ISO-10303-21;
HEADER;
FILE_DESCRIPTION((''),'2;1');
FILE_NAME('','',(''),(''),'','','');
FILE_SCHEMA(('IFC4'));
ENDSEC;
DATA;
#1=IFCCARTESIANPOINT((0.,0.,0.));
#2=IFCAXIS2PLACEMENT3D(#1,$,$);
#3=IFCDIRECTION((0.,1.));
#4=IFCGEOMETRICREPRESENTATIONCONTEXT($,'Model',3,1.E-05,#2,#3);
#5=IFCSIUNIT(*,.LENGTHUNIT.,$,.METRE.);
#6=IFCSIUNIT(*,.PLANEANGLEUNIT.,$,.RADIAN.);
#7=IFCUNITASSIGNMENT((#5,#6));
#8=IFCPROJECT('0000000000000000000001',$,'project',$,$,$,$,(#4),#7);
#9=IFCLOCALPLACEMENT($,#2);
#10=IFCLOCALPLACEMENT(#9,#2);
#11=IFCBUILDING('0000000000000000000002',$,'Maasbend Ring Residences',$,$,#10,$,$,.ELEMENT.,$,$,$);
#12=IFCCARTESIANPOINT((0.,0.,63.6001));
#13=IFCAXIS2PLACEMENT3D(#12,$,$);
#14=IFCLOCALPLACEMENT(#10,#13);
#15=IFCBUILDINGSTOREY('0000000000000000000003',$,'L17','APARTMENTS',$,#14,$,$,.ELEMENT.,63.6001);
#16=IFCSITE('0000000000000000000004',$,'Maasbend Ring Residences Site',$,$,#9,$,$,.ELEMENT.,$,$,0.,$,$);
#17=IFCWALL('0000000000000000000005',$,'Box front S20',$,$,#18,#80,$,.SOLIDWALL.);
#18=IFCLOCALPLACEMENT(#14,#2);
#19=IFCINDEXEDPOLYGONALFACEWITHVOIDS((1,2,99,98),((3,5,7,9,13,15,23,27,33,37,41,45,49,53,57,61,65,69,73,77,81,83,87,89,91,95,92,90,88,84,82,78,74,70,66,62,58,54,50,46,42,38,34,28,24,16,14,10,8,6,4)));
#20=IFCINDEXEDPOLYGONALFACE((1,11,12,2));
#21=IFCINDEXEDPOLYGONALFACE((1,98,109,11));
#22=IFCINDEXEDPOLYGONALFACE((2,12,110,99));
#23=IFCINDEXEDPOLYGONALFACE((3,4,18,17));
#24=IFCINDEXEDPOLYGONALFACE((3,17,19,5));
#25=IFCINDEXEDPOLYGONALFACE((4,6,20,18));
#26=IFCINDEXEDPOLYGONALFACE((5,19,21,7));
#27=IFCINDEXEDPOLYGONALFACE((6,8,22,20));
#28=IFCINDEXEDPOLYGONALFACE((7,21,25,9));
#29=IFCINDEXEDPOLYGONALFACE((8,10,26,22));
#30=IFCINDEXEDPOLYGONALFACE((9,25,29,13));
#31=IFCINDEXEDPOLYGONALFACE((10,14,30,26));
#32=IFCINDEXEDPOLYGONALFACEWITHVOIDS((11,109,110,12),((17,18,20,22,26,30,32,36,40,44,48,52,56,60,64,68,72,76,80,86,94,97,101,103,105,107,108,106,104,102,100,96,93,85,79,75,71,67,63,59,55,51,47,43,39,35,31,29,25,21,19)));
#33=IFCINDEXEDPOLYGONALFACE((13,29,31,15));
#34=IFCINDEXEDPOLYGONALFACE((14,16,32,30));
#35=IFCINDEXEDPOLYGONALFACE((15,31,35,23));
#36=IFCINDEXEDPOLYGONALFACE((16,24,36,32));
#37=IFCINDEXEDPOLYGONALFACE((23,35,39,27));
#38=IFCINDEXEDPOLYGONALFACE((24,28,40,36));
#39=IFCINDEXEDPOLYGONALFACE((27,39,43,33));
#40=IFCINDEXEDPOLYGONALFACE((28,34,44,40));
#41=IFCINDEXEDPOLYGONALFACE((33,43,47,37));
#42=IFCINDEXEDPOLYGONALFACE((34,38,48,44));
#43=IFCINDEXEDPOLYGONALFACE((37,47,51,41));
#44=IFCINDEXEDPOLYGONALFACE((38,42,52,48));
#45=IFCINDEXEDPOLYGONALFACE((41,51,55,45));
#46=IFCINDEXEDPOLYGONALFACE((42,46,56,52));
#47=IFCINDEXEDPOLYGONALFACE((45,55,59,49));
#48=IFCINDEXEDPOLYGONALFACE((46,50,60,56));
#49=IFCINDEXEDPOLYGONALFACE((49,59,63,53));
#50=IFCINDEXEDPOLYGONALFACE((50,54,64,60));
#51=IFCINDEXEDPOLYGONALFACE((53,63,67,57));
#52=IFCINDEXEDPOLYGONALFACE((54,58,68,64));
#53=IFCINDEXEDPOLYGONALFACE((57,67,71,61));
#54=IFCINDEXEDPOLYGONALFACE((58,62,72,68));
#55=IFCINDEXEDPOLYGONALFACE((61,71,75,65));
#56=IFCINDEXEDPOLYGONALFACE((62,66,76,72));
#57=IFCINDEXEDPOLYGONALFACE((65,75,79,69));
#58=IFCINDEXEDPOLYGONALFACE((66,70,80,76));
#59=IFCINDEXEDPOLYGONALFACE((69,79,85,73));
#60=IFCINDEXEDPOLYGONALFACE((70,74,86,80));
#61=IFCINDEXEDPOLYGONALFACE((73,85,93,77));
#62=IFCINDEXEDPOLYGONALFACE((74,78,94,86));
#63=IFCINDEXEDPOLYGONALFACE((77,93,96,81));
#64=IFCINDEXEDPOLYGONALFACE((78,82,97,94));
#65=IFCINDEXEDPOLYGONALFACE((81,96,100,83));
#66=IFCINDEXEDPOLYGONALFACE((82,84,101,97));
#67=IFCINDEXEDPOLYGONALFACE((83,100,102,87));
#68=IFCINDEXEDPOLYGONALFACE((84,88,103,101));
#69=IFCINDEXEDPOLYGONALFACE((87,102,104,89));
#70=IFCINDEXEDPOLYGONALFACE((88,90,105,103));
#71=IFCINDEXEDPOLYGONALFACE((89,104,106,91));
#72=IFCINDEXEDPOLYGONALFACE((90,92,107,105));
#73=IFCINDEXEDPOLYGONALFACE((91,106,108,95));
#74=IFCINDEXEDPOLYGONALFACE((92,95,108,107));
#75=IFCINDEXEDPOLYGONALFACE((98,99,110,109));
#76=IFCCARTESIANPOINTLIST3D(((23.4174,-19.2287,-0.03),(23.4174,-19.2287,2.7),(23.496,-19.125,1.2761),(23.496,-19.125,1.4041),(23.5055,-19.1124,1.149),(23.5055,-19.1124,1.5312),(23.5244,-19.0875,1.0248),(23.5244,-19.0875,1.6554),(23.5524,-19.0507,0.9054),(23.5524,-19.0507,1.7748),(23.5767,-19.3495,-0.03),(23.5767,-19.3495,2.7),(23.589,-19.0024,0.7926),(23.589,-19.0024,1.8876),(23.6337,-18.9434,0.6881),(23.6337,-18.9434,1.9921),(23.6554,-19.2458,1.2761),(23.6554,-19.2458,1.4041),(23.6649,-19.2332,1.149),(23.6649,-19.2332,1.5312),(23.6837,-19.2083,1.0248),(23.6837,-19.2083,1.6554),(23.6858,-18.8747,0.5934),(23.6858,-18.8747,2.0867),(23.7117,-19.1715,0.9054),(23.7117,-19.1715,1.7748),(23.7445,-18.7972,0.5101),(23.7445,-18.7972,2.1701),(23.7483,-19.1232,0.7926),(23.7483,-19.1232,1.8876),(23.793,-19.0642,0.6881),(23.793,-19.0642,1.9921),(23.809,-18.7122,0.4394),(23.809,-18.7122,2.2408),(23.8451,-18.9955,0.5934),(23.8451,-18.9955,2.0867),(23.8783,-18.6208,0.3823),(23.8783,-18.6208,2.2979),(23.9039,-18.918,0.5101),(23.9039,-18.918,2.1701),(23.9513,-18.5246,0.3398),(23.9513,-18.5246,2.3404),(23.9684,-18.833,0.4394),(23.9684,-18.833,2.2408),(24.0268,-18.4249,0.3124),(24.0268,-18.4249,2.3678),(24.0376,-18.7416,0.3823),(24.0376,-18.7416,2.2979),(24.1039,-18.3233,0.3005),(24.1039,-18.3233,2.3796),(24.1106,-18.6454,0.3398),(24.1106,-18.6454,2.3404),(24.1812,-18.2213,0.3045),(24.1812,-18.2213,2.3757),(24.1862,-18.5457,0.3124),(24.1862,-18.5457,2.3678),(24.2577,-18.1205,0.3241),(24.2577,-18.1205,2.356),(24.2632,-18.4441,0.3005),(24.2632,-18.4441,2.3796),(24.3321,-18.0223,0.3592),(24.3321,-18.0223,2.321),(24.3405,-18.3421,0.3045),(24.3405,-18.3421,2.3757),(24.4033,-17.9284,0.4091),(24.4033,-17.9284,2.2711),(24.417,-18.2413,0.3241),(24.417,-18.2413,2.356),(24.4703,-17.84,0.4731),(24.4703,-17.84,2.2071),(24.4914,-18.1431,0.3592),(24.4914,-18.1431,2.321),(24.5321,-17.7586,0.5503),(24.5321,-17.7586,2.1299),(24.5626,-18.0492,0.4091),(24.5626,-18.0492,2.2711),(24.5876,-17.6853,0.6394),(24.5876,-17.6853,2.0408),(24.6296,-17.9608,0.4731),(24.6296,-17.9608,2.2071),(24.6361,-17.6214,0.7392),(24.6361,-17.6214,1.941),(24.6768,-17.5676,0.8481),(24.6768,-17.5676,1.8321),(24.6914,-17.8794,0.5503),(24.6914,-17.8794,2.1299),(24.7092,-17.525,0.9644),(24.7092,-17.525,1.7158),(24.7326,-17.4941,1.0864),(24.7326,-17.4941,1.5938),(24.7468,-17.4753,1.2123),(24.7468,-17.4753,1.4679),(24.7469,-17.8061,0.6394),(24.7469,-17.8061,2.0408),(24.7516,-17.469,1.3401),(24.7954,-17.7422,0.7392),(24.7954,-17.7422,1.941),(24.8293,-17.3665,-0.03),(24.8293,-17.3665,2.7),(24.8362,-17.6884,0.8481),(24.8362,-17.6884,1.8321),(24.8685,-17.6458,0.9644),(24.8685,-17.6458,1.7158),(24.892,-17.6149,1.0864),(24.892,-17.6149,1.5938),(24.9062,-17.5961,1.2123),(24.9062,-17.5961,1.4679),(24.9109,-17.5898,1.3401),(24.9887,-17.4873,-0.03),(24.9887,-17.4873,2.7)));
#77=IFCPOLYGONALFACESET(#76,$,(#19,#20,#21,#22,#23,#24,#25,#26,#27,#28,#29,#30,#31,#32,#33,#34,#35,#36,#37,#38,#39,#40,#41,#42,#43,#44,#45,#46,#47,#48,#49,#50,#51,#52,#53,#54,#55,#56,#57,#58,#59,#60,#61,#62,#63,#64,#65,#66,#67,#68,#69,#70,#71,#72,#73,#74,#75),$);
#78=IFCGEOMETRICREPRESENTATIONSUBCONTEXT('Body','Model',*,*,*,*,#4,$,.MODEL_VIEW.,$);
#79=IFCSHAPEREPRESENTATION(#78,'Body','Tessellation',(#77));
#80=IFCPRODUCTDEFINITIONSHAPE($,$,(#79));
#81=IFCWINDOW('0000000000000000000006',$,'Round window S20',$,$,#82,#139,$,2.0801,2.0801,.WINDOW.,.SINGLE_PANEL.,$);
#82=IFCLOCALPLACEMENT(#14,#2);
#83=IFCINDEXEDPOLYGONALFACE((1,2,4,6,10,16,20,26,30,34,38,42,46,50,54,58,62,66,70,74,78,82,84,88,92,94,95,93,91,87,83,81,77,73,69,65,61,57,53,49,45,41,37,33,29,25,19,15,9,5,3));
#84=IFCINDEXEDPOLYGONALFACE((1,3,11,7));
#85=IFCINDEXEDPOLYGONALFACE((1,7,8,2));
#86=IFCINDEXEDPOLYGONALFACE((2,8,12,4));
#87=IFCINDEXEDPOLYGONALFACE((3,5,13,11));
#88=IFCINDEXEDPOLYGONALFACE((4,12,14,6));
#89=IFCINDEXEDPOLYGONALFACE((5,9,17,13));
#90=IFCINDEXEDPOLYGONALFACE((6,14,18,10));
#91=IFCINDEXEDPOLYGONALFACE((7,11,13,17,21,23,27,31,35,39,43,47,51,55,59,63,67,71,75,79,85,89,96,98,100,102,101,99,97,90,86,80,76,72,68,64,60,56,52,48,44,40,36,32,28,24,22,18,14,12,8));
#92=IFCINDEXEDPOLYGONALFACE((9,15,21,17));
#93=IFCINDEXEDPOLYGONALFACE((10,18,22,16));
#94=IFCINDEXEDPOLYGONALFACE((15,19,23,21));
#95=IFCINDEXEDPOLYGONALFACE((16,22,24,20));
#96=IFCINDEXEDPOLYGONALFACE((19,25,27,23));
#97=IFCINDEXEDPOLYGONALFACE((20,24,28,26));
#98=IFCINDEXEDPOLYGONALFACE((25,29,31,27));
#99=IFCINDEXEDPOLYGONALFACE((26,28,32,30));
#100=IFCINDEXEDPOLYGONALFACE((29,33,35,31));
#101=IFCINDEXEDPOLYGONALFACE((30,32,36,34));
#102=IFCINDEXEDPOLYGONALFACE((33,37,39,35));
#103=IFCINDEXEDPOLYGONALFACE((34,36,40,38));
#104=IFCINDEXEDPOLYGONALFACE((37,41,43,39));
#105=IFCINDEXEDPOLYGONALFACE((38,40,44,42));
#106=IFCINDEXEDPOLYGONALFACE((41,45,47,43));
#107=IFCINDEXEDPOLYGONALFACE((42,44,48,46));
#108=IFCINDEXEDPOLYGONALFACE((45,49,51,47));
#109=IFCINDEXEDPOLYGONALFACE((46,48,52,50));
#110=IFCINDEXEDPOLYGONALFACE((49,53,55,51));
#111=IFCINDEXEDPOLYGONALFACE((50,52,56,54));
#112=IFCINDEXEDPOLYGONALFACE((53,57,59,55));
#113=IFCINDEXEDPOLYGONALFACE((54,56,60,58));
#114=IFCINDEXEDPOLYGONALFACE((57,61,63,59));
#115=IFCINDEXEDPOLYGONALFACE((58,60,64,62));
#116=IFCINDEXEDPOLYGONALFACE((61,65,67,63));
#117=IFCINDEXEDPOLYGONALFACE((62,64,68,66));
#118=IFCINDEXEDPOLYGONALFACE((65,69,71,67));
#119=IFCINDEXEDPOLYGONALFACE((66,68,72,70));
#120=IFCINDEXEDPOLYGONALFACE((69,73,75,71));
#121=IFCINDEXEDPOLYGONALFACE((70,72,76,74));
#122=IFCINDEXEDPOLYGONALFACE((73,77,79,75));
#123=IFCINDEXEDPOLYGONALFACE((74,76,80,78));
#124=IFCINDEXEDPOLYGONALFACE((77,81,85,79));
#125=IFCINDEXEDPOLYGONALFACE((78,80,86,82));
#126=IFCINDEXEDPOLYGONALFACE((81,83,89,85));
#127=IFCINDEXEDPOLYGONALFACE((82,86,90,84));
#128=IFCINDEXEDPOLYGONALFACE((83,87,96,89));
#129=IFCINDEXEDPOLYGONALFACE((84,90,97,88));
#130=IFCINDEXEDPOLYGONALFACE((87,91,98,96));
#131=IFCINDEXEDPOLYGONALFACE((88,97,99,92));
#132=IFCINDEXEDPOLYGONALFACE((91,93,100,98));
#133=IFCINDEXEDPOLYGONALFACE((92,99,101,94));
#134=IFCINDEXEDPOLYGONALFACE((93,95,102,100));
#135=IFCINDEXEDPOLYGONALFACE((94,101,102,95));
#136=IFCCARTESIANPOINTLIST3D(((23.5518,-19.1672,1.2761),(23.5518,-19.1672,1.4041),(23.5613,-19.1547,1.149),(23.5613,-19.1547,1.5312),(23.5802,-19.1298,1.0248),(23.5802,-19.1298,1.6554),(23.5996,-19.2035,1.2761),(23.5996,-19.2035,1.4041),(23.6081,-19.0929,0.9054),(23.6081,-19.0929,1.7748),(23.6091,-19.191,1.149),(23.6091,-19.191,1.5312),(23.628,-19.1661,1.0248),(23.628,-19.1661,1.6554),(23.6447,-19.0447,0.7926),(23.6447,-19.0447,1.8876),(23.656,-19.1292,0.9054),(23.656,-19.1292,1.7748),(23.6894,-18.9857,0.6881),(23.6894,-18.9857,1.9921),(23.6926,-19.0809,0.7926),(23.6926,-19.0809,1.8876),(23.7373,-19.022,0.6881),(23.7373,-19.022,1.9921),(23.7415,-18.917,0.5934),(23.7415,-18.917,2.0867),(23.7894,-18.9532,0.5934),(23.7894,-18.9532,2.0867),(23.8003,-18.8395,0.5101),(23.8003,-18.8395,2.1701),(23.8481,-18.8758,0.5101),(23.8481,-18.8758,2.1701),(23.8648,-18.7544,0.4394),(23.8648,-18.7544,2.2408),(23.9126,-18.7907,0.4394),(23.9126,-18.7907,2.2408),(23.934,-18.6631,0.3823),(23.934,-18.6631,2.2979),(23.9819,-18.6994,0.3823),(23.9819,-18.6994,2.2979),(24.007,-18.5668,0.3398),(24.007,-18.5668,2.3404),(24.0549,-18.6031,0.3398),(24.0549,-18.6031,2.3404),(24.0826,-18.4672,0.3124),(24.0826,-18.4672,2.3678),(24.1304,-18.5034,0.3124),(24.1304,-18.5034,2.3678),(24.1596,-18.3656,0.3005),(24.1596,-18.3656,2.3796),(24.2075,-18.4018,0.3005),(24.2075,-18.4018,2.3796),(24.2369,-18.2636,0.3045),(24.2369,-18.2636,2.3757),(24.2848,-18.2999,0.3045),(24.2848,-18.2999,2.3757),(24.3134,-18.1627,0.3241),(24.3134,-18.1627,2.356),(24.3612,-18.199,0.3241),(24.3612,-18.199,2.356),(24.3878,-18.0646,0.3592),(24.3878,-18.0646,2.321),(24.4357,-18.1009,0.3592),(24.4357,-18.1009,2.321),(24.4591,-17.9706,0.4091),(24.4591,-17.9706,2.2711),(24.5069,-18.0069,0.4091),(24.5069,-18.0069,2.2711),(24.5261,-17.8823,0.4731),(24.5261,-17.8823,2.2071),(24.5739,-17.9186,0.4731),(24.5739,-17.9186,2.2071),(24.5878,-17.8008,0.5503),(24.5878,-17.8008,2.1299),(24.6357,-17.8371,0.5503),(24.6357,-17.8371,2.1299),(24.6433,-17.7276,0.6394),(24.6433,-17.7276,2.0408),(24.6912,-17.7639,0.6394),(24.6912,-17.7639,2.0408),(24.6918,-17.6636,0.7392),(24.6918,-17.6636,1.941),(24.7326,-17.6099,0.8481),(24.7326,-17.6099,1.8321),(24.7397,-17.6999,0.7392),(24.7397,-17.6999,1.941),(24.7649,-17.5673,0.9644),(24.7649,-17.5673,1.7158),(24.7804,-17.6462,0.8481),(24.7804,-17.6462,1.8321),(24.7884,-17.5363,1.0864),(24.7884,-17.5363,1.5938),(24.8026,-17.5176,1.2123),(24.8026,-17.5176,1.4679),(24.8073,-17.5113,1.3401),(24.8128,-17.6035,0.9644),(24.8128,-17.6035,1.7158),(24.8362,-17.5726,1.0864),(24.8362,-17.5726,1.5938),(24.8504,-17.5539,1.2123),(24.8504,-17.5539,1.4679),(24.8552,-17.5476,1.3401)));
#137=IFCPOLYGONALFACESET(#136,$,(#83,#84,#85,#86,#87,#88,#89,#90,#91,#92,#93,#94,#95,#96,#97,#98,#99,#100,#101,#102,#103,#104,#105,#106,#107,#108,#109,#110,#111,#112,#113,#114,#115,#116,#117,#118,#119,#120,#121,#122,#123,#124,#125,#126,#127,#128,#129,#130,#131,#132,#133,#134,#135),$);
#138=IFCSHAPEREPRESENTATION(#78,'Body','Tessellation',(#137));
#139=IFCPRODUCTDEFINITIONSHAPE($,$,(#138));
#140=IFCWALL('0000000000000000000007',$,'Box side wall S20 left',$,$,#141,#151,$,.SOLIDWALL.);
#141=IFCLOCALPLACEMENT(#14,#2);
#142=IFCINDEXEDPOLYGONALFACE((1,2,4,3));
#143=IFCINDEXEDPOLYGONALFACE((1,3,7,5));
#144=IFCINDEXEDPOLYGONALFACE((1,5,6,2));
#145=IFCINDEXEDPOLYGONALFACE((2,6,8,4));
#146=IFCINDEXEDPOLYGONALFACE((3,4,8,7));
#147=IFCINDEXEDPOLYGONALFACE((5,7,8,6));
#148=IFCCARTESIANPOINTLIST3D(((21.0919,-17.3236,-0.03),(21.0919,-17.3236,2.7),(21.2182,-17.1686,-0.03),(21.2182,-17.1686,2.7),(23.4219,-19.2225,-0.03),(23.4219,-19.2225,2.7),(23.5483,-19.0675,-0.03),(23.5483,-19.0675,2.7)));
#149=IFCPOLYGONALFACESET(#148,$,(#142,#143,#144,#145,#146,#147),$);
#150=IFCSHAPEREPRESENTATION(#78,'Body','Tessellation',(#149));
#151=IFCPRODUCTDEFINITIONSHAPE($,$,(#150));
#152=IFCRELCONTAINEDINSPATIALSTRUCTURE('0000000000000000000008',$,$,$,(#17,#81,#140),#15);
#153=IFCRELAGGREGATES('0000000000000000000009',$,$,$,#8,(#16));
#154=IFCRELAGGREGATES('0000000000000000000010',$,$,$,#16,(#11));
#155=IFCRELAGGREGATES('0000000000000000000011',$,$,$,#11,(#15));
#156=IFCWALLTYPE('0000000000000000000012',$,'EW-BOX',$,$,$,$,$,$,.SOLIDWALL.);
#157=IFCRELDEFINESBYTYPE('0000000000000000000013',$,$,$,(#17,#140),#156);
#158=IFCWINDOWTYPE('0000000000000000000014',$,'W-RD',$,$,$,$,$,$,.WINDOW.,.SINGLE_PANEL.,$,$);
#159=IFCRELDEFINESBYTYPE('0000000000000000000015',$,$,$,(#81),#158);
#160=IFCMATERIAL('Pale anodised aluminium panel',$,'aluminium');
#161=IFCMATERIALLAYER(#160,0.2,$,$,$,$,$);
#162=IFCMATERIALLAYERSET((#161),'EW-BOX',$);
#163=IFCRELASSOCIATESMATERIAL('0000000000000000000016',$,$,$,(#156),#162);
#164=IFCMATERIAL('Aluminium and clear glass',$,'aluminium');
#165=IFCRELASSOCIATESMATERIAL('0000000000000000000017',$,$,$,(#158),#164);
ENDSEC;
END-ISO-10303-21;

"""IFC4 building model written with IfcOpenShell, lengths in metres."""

from ifc_helpers import new_model, si_unit, direction, frame, frame_2d, origin, place, context, subcontext, project, spatial, rectangle, circle, extrude, material, layer, layer_set, type_object, element, fill, save


model = new_model("IFC4")

# Units and contexts
model_context = context("Model", 3, precision=1e-05, world=origin(), true_north=direction((0.0, 1.0)))
body_context = subcontext(model_context, "Body", "Model", "MODEL_VIEW")
ifc_project = project(units=[si_unit("LENGTHUNIT", "METRE"), si_unit("PLANEANGLEUNIT", "RADIAN")], contexts=[model_context])

# Site, building, storey
site_placement = place(None, origin())
site = spatial("IfcSite", under=ifc_project, at=site_placement, Name="Maasbend Ring Residences Site", CompositionType="ELEMENT", RefElevation=0.0)
building_placement = place(site_placement, origin())
building = spatial("IfcBuilding", under=site, at=building_placement, Name="Maasbend Ring Residences", CompositionType="ELEMENT")
storey_placement = place(building_placement, frame((0.0, 0.0, 63.6001)))
storey = spatial("IfcBuildingStorey", under=building, at=storey_placement, Name="L17", Description="APARTMENTS", CompositionType="ELEMENT", Elevation=63.6001)

# Shared definitions
ifc_material_1 = material(Name="Pale anodised aluminium panel", Category="aluminium")
ifc_layer_1 = layer(ifc_material_1, 0.2)
ifc_layer_set_1 = layer_set([ifc_layer_1], Name="EW-BOX")
wall_type_1 = type_object("IfcWallType", Name="EW-BOX", PredefinedType="SOLIDWALL", material=ifc_layer_set_1)
ifc_material_2 = material(Name="Aluminium and clear glass", Category="aluminium")
window_type_1 = type_object("IfcWindowType", Name="W-RD", PartitioningType="SINGLE_PANEL", PredefinedType="WINDOW", material=ifc_material_2)

# Wall, opening, window
wall_1_placement = place(storey_placement, frame((23.4971, -19.2891, -0.03), z_axis=(0.0, 0.0, 1.0), x_axis=(0.604188, 0.796842, 0.0)))
wall_1 = element("IfcWall", 1, at=wall_1_placement, inside=storey, type_object=wall_type_1, Name="Box front S20", PredefinedType="SOLIDWALL", context=body_context, shape_type="SweptSolid", body=[
    extrude(rectangle(XDim=2.3369, YDim=0.2, at=frame_2d((1.1685, 0.0))), origin(), (0.0, 0.0, 1.0), 2.73),
])
opening_1_placement = place(wall_1_placement, frame((0.1282, 0.0, 0.3301)))
opening_1 = element("IfcOpeningElement", 2, at=opening_1_placement, cuts=wall_1, PredefinedType="OPENING", context=body_context, shape_type="SweptSolid", body=[
    extrude(circle(Radius=1.04, at=frame_2d((1.04, 1.04))), frame((0.0, 0.1099, 0.0), z_axis=(0.0, -1.0, 0.0), x_axis=(1.0, 0.0, 0.0)), (0.0, 0.0, 1.0), 0.22),
])
window_1_placement = place(opening_1_placement, origin())
window_1 = element("IfcWindow", 3, at=window_1_placement, inside=storey, type_object=window_type_1, Name="Round window S20", OverallHeight=2.0801, OverallWidth=2.0801, PartitioningType="SINGLE_PANEL", PredefinedType="WINDOW", context=body_context, shape_type="SweptSolid", body=[
    extrude(circle(Radius=1.04, at=frame_2d((1.04, 1.04))), frame((0.0, 0.03, 0.0), z_axis=(0.0, -1.0, 0.0), x_axis=(1.0, 0.0, 0.0)), (0.0, 0.0, 1.0), 0.0601),
])
fill(opening_1, window_1)

# Wall
wall_2_placement = place(storey_placement, frame((21.155, -17.2461, -0.03), z_axis=(0.0, 0.0, 1.0), x_axis=(0.775179, -0.631742, 0.0)))
element("IfcWall", 4, at=wall_2_placement, inside=storey, type_object=wall_type_1, Name="Box side wall S20 left", PredefinedType="SOLIDWALL", context=body_context, shape_type="SweptSolid", body=[
    extrude(rectangle(XDim=3.0059, YDim=0.2, at=frame_2d((1.5029, 0.0))), origin(), (0.0, 0.0, 1.0), 2.73),
])

save(model, "model.ifc")
